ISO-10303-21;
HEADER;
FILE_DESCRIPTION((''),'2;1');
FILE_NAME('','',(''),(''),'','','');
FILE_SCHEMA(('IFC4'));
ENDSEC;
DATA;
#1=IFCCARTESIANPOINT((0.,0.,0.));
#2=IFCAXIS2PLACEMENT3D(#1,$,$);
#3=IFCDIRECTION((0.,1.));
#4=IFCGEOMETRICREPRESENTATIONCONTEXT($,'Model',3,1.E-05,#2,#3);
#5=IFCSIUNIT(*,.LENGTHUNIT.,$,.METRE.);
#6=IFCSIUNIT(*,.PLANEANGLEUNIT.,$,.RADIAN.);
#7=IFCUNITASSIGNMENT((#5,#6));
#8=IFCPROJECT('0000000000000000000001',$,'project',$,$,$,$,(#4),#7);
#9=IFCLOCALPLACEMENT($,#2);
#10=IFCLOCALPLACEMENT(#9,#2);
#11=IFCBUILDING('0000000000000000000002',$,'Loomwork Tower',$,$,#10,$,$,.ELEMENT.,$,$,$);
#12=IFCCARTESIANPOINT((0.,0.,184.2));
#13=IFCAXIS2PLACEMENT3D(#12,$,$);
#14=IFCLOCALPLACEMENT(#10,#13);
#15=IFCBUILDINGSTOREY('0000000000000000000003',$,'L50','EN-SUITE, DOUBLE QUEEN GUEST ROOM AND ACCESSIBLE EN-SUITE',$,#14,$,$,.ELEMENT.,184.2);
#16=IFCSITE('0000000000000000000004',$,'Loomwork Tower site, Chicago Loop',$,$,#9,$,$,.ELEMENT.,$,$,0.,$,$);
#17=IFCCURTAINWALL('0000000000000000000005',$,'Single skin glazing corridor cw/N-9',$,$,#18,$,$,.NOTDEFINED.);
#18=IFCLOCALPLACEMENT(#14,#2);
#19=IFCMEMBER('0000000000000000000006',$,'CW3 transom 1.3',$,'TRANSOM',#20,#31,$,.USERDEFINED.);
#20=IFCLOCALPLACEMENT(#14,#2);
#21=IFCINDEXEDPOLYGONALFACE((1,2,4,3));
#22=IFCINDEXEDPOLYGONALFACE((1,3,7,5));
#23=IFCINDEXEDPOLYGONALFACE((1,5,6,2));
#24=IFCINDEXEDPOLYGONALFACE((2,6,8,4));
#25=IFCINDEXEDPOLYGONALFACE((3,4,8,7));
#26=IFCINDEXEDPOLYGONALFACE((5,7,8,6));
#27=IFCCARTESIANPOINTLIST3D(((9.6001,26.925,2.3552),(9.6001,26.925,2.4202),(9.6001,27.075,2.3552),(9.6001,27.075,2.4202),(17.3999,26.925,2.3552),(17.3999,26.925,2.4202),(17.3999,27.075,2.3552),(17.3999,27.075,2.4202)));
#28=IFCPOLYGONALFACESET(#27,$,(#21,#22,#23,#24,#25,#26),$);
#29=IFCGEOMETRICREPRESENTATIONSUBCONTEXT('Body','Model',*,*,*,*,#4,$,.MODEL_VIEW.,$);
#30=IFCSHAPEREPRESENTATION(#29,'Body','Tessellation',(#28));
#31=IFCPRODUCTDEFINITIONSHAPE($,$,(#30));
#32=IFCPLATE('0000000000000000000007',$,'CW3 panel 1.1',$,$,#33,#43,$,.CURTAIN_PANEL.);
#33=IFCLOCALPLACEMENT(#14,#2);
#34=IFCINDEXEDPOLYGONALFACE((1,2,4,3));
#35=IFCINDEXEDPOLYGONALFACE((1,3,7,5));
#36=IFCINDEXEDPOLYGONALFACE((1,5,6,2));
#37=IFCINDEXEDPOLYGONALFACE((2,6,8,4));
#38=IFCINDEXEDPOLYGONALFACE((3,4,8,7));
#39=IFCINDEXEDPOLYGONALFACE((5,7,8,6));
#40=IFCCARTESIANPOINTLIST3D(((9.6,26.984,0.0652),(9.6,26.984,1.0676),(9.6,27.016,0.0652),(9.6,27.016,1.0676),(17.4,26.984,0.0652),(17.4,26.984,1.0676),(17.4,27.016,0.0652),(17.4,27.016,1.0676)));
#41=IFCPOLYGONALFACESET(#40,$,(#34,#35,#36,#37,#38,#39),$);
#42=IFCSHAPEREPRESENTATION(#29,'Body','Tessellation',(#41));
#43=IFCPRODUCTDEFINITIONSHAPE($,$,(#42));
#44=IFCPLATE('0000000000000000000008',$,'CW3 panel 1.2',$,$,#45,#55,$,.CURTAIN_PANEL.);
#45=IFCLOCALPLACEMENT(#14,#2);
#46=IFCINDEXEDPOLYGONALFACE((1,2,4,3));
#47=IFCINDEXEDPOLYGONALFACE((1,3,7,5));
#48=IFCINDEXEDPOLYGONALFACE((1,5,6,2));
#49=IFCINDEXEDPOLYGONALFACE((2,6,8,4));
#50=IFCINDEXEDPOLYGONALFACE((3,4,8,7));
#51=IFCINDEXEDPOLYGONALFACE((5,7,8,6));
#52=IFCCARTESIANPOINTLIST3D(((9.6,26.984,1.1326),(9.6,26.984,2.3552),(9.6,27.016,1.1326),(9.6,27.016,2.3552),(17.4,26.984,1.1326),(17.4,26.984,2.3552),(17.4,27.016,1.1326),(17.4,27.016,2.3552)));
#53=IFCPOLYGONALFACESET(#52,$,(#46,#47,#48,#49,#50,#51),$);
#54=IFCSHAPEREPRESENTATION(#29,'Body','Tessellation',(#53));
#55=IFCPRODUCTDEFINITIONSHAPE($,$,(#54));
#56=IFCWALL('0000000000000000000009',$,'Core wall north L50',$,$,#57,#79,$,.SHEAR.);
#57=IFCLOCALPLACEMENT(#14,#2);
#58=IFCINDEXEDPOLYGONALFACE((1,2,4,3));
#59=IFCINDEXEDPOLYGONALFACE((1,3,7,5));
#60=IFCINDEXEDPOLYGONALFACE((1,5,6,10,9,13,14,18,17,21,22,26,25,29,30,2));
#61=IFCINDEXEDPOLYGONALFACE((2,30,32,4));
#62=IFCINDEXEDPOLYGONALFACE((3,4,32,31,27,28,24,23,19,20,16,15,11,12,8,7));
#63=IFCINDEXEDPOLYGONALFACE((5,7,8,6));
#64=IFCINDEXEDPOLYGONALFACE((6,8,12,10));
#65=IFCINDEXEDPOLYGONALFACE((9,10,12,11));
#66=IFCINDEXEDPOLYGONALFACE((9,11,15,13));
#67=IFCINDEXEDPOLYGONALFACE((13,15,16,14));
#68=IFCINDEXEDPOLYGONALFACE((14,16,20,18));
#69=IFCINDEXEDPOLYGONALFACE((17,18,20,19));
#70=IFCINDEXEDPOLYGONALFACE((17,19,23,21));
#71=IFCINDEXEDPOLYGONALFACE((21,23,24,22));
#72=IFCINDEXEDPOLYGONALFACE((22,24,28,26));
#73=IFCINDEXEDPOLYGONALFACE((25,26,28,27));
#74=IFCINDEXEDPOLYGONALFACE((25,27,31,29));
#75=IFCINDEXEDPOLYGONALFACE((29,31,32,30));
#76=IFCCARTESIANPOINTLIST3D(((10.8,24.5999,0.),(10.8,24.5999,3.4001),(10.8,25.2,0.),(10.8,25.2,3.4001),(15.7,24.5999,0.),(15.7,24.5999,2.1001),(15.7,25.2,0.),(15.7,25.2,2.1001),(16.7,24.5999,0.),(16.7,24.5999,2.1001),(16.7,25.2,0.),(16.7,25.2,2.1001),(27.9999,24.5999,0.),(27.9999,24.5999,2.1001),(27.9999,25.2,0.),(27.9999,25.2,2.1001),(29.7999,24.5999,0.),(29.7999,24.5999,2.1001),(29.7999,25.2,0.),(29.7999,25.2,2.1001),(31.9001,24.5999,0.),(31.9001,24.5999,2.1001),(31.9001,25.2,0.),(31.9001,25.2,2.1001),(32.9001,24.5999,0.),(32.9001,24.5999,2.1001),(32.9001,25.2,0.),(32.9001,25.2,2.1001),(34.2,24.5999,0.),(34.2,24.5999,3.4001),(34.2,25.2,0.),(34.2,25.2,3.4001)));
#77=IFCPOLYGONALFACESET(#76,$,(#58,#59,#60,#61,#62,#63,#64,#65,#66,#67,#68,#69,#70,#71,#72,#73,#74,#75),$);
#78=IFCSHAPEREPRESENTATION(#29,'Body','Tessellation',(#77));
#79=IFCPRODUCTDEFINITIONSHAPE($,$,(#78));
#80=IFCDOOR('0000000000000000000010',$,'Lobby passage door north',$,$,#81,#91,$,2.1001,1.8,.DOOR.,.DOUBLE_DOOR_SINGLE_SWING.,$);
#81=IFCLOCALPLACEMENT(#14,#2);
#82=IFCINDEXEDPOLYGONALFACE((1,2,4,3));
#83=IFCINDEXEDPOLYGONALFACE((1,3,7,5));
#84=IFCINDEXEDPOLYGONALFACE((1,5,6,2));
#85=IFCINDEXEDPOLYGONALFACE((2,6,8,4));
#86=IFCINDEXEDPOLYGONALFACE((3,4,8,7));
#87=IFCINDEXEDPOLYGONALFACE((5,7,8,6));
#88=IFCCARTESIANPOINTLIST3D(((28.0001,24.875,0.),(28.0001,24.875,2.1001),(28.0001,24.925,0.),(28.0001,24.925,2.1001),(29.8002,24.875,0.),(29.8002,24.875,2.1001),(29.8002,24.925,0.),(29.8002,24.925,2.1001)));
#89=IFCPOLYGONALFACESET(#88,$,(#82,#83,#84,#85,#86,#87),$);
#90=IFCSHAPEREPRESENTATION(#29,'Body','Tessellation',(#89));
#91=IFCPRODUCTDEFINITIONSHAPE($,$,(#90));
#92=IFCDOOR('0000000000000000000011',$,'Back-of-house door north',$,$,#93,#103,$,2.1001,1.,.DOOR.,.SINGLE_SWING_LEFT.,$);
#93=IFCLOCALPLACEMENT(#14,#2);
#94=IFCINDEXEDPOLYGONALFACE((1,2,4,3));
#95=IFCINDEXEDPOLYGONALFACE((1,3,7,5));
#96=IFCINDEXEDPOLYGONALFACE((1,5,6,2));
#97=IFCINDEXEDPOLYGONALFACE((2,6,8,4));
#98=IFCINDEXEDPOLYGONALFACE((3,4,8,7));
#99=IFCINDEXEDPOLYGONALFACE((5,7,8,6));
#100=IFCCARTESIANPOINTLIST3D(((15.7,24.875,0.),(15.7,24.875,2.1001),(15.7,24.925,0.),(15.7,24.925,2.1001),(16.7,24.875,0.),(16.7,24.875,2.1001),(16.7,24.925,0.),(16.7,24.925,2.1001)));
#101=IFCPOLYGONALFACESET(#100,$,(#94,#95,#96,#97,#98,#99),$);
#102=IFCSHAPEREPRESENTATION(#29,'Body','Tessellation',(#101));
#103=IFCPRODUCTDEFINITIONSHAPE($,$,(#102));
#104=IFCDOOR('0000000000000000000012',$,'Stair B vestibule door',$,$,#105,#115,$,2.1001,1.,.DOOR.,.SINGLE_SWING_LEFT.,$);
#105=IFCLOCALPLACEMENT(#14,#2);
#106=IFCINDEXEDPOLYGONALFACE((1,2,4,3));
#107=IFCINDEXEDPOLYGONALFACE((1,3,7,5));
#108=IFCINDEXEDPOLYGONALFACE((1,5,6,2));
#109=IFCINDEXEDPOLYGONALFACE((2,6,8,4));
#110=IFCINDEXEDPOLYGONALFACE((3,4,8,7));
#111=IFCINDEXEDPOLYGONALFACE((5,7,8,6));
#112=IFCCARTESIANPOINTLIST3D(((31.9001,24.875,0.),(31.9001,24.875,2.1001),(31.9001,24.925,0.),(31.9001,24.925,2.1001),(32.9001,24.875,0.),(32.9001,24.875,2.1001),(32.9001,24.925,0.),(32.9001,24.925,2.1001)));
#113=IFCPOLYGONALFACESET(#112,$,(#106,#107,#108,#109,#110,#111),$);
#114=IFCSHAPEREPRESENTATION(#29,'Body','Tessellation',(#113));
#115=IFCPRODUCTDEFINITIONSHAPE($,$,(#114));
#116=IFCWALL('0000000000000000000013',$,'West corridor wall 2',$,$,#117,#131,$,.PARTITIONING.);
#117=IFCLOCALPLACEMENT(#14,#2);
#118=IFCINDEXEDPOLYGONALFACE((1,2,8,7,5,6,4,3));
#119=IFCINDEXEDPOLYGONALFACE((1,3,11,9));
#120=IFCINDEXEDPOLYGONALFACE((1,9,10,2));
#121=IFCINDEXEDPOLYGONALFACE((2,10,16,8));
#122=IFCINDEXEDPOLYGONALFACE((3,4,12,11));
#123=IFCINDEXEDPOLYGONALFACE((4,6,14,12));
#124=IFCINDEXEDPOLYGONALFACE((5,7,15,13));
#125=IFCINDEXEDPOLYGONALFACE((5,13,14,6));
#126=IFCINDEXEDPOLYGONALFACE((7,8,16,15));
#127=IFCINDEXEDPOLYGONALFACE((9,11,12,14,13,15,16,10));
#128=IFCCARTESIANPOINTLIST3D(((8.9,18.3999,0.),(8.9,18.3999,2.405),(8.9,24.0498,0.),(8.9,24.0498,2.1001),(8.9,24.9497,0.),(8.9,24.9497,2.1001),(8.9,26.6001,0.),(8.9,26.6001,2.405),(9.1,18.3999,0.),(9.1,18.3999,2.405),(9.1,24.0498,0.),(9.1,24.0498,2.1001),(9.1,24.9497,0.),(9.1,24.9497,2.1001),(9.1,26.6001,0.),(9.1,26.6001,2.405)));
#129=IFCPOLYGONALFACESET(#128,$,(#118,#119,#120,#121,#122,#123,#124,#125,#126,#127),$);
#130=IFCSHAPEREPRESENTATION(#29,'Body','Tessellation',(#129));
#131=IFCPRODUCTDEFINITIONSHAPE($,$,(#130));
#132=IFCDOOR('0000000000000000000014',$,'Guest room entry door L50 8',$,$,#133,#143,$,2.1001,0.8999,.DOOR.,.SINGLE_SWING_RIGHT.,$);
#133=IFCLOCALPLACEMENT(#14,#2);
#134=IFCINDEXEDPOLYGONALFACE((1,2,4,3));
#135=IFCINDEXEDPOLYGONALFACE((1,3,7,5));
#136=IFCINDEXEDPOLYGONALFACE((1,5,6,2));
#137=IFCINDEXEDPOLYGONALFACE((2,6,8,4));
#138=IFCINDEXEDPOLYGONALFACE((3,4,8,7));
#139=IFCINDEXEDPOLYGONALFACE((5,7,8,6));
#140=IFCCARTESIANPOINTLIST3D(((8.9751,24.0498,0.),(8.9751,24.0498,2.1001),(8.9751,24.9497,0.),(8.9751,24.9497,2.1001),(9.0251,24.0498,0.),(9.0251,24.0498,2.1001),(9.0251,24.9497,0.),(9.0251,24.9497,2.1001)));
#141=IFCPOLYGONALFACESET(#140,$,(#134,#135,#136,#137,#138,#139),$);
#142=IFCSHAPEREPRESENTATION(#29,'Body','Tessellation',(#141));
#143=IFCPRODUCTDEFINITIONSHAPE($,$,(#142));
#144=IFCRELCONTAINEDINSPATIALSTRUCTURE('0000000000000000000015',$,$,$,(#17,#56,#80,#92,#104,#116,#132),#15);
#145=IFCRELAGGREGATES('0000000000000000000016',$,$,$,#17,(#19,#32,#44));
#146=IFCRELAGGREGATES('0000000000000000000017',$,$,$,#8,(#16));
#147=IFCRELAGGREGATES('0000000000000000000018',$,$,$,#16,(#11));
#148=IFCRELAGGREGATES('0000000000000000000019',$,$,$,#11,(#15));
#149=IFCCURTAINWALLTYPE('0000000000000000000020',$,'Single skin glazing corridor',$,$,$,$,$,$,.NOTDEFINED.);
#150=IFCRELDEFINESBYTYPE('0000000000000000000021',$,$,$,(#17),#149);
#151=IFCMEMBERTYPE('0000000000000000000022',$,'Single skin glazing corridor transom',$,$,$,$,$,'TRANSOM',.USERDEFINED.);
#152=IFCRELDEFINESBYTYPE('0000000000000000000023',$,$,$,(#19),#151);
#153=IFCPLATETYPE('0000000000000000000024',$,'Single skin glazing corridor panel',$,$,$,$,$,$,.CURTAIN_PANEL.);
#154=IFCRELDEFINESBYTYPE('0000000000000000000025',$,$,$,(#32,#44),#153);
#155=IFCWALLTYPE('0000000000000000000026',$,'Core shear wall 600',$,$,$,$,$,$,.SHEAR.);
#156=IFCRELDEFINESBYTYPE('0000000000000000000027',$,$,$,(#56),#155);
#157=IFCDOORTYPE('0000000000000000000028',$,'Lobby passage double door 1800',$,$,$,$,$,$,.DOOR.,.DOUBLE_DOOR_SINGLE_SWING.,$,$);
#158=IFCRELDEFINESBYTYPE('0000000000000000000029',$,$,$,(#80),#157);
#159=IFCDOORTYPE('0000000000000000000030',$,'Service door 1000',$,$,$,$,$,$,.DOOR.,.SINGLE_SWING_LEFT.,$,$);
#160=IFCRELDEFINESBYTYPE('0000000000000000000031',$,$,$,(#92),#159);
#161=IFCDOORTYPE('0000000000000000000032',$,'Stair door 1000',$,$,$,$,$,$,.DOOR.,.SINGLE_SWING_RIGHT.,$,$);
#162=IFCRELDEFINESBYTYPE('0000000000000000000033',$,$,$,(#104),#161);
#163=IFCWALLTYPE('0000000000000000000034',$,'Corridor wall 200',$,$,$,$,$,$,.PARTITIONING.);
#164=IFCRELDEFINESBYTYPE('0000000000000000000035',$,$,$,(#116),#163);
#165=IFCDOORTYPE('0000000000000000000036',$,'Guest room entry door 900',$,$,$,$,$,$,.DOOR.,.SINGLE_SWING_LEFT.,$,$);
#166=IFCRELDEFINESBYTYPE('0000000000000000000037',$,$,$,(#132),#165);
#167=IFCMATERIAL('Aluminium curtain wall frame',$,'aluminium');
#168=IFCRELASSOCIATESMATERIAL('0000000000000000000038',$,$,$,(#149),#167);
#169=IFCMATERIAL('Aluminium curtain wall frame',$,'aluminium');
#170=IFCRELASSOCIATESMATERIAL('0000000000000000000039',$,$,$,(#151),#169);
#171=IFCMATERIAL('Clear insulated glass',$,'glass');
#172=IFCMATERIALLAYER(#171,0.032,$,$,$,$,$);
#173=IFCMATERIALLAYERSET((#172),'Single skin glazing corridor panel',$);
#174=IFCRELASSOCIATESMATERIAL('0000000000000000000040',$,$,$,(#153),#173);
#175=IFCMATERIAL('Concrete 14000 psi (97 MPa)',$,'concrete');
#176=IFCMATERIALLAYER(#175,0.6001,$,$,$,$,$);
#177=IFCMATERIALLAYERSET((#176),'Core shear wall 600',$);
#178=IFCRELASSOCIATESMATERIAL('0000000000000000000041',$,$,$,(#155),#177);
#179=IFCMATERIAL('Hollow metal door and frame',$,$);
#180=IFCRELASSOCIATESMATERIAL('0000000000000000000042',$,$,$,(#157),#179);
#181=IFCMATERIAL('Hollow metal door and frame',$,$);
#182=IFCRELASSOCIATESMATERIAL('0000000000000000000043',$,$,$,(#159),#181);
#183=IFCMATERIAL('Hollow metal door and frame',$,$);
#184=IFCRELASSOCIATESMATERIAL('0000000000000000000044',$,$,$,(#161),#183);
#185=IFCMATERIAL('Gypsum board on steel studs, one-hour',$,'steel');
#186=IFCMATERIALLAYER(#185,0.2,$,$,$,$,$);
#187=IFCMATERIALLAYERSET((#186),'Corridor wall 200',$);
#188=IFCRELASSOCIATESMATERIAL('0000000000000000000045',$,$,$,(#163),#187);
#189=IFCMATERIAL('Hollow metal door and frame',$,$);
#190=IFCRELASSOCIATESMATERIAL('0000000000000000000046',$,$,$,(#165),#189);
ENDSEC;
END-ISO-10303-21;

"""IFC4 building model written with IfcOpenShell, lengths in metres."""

from ifc_helpers import new_model, si_unit, direction, frame, frame_2d, origin, origin_2d, place, context, subcontext, project, spatial, rectangle, extrude, material, layer, layer_set, material_profile, profile_set, type_object, element, fill, aggregate, save


model = new_model("IFC4")

# Units and contexts
model_context = context("Model", 3, precision=1e-05, world=origin(), true_north=direction((0.0, 1.0)))
body_context = subcontext(model_context, "Body", "Model", "MODEL_VIEW")
ifc_project = project(units=[si_unit("LENGTHUNIT", "METRE"), si_unit("PLANEANGLEUNIT", "RADIAN")], contexts=[model_context])

# Site, building, storey
site_placement = place(None, origin())
site = spatial("IfcSite", under=ifc_project, at=site_placement, Name="Loomwork Tower site, Chicago Loop", CompositionType="ELEMENT", RefElevation=0.0)
building_placement = place(site_placement, origin())
building = spatial("IfcBuilding", under=site, at=building_placement, Name="Loomwork Tower", CompositionType="ELEMENT")
storey_placement = place(building_placement, frame((0.0, 0.0, 184.2)))
storey = spatial("IfcBuildingStorey", under=building, at=storey_placement, Name="L50", Description="EN-SUITE, DOUBLE QUEEN GUEST ROOM AND ACCESSIBLE EN-SUITE", CompositionType="ELEMENT", Elevation=184.2)

# Shared definitions
ifc_material_1 = material(Name="Aluminium curtain wall frame", Category="aluminium")
curtain_wall_type = type_object("IfcCurtainWallType", Name="Single skin glazing corridor", PredefinedType="NOTDEFINED", material=ifc_material_1)

# Curtain wall
curtain_wall_1_placement = place(storey_placement, origin())
curtain_wall_1 = element("IfcCurtainWall", 1, at=curtain_wall_1_placement, inside=storey, type_object=curtain_wall_type, Name="Single skin glazing corridor cw/N-9", PredefinedType="NOTDEFINED")

# Member
ifc_material_2 = material(Name="Aluminium curtain wall frame", Category="aluminium")
ifc_material_profile_1 = material_profile(ifc_material_2, rectangle(XDim=0.1499, YDim=0.0649, at=origin_2d()), Name="AL 65x150")
ifc_profile_set_1 = profile_set([ifc_material_profile_1], Name="Aluminium curtain wall frame")
member_type_1 = type_object("IfcMemberType", Name="Single skin glazing corridor transom", ElementType="TRANSOM", PredefinedType="USERDEFINED", material=ifc_profile_set_1)
member_1_placement = place(storey_placement, frame((17.3999, 27.0, 2.3877), z_axis=(-1.0, 0.0, 0.0), x_axis=(0.0, -1.0, 0.0)))
member_1 = element("IfcMember", 2, at=member_1_placement, type_object=member_type_1, Name="CW3 transom 1.3", ObjectType="TRANSOM", PredefinedType="USERDEFINED", context=body_context, shape_type="SweptSolid", body=[
    extrude(rectangle(XDim=0.1499, YDim=0.0649, at=origin_2d()), origin(), (0.0, 0.0, 1.0), 7.7998),
])

# Plates
ifc_material_3 = material(Name="Clear insulated glass", Category="glass")
ifc_layer_1 = layer(ifc_material_3, 0.032)
ifc_layer_set_1 = layer_set([ifc_layer_1], Name="Single skin glazing corridor panel")
plate_type = type_object("IfcPlateType", Name="Single skin glazing corridor panel", PredefinedType="CURTAIN_PANEL", material=ifc_layer_set_1)
plate_1_placement = place(storey_placement, frame((13.5, 27.0, 0.0652), z_axis=(0.0, 0.0, 1.0), x_axis=(-1.0, 0.0, 0.0)))
plate_1 = element("IfcPlate", 3, at=plate_1_placement, type_object=plate_type, Name="CW3 panel 1.1", PredefinedType="CURTAIN_PANEL", context=body_context, shape_type="SweptSolid", body=[
    extrude(rectangle(XDim=7.8, YDim=0.032, at=origin_2d()), origin(), (0.0, 0.0, 1.0), 1.0024),
])
plate_2_placement = place(storey_placement, frame((13.5, 27.0, 1.1326), z_axis=(0.0, 0.0, 1.0), x_axis=(-1.0, 0.0, 0.0)))
plate_2 = element("IfcPlate", 4, at=plate_2_placement, type_object=plate_type, Name="CW3 panel 1.2", PredefinedType="CURTAIN_PANEL", context=body_context, shape_type="SweptSolid", body=[
    extrude(rectangle(XDim=7.8, YDim=0.032, at=origin_2d()), origin(), (0.0, 0.0, 1.0), 1.2227),
])
aggregate(curtain_wall_1, [member_1, plate_1, plate_2])

# Wall, openings, doors
ifc_material_4 = material(Name="Concrete 14000 psi (97 MPa)", Category="concrete")
ifc_layer_2 = layer(ifc_material_4, 0.6001)
ifc_layer_set_2 = layer_set([ifc_layer_2], Name="Core shear wall 600")
wall_type_1 = type_object("IfcWallType", Name="Core shear wall 600", PredefinedType="SHEAR", material=ifc_layer_set_2)
wall_1_placement = place(storey_placement, frame((10.8, 24.8999, 0.0), z_axis=(0.0, 0.0, 1.0), x_axis=(1.0, 0.0, 0.0)))
wall_1 = element("IfcWall", 5, at=wall_1_placement, inside=storey, type_object=wall_type_1, Name="Core wall north L50", PredefinedType="SHEAR", context=body_context, shape_type="SweptSolid", body=[
    extrude(rectangle(XDim=23.3999, YDim=0.6001, at=frame_2d((11.7, 0.0))), origin(), (0.0, 0.0, 1.0), 3.4001),
])
opening_1_placement = place(wall_1_placement, frame((17.2, 0.0, 0.0)))
opening_1 = element("IfcOpeningElement", 6, at=opening_1_placement, cuts=wall_1, PredefinedType="OPENING", context=body_context, shape_type="SweptSolid", body=[
    extrude(rectangle(XDim=1.8, YDim=2.1001, at=frame_2d((0.8999, 1.05))), frame((0.0, 0.3101, 0.0), z_axis=(0.0, -1.0, 0.0), x_axis=(1.0, 0.0, 0.0)), (0.0, 0.0, 1.0), 0.6201),
])
opening_2_placement = place(wall_1_placement, frame((21.1001, 0.0, 0.0)))
opening_2 = element("IfcOpeningElement", 7, at=opening_2_placement, cuts=wall_1, PredefinedType="OPENING", context=body_context, shape_type="SweptSolid", body=[
    extrude(rectangle(XDim=1.0, YDim=2.1001, at=frame_2d((0.5, 1.05))), frame((0.0, 0.3101, 0.0), z_axis=(0.0, -1.0, 0.0), x_axis=(1.0, 0.0, 0.0)), (0.0, 0.0, 1.0), 0.6201),
])
opening_3_placement = place(wall_1_placement, frame((4.8999, 0.0, 0.0)))
opening_3 = element("IfcOpeningElement", 8, at=opening_3_placement, cuts=wall_1, PredefinedType="OPENING", context=body_context, shape_type="SweptSolid", body=[
    extrude(rectangle(XDim=1.0, YDim=2.1001, at=frame_2d((0.5, 1.05))), frame((0.0, 0.3101, 0.0), z_axis=(0.0, -1.0, 0.0), x_axis=(1.0, 0.0, 0.0)), (0.0, 0.0, 1.0), 0.6201),
])
ifc_material_5 = material(Name="Hollow metal door and frame")
door_type_1 = type_object("IfcDoorType", Name="Lobby passage double door 1800", OperationType="DOUBLE_DOOR_SINGLE_SWING", PredefinedType="DOOR", material=ifc_material_5)
door_1_placement = place(opening_1_placement, frame((1.8, 0.0, 0.0), z_axis=(0.0, 0.0, 1.0), x_axis=(-1.0, 0.0, 0.0)))
door_1 = element("IfcDoor", 9, at=door_1_placement, inside=storey, type_object=door_type_1, Name="Lobby passage door north", OperationType="DOUBLE_DOOR_SINGLE_SWING", OverallHeight=2.1001, OverallWidth=1.8, PredefinedType="DOOR", context=body_context, shape_type="SweptSolid", body=[
    extrude(rectangle(XDim=1.8, YDim=2.1001, at=frame_2d((0.8999, 1.05))), frame((0.0, 0.0249, 0.0), z_axis=(0.0, -1.0, 0.0), x_axis=(1.0, 0.0, 0.0)), (0.0, 0.0, 1.0), 0.05),
])
fill(opening_1, door_1)
ifc_material_6 = material(Name="Hollow metal door and frame")
door_type_2 = type_object("IfcDoorType", Name="Service door 1000", OperationType="SINGLE_SWING_LEFT", PredefinedType="DOOR", material=ifc_material_6)
door_2_placement = place(opening_3_placement, frame((1.0, 0.0, 0.0), z_axis=(0.0, 0.0, 1.0), x_axis=(-1.0, 0.0, 0.0)))
door_2 = element("IfcDoor", 10, at=door_2_placement, inside=storey, type_object=door_type_2, Name="Back-of-house door north", OperationType="SINGLE_SWING_LEFT", OverallHeight=2.1001, OverallWidth=1.0, PredefinedType="DOOR", context=body_context, shape_type="SweptSolid", body=[
    extrude(rectangle(XDim=1.0, YDim=2.1001, at=frame_2d((0.5, 1.05))), frame((0.0, 0.0249, 0.0), z_axis=(0.0, -1.0, 0.0), x_axis=(1.0, 0.0, 0.0)), (0.0, 0.0, 1.0), 0.05),
])
fill(opening_3, door_2)
ifc_material_7 = material(Name="Hollow metal door and frame")
door_type_3 = type_object("IfcDoorType", Name="Stair door 1000", OperationType="SINGLE_SWING_RIGHT", PredefinedType="DOOR", material=ifc_material_7)
door_3_placement = place(opening_2_placement, frame((1.0, 0.0, 0.0), z_axis=(0.0, 0.0, 1.0), x_axis=(-1.0, 0.0, 0.0)))
door_3 = element("IfcDoor", 11, at=door_3_placement, inside=storey, type_object=door_type_3, Name="Stair B vestibule door", OperationType="SINGLE_SWING_LEFT", OverallHeight=2.1001, OverallWidth=1.0, PredefinedType="DOOR", context=body_context, shape_type="SweptSolid", body=[
    extrude(rectangle(XDim=1.0, YDim=2.1001, at=frame_2d((0.5, 1.05))), frame((0.0, 0.0249, 0.0), z_axis=(0.0, -1.0, 0.0), x_axis=(1.0, 0.0, 0.0)), (0.0, 0.0, 1.0), 0.05),
])
fill(opening_2, door_3)

# Wall, opening, door
ifc_material_8 = material(Name="Gypsum board on steel studs, one-hour", Category="steel")
ifc_layer_3 = layer(ifc_material_8, 0.2)
ifc_layer_set_3 = layer_set([ifc_layer_3], Name="Corridor wall 200")
wall_type_2 = type_object("IfcWallType", Name="Corridor wall 200", PredefinedType="PARTITIONING", material=ifc_layer_set_3)
wall_2_placement = place(storey_placement, frame((9.0, 18.3999, 0.0), z_axis=(0.0, 0.0, 1.0), x_axis=(0.0, 1.0, 0.0)))
wall_2 = element("IfcWall", 12, at=wall_2_placement, inside=storey, type_object=wall_type_2, Name="West corridor wall 2", PredefinedType="PARTITIONING", context=body_context, shape_type="SweptSolid", body=[
    extrude(rectangle(XDim=8.2002, YDim=0.2, at=frame_2d((4.1001, 0.0))), origin(), (0.0, 0.0, 1.0), 2.405),
])
opening_4_placement = place(wall_2_placement, frame((5.6499, 0.0, 0.0)))
opening_4 = element("IfcOpeningElement", 13, at=opening_4_placement, cuts=wall_2, PredefinedType="OPENING", context=body_context, shape_type="SweptSolid", body=[
    extrude(rectangle(XDim=0.8999, YDim=2.1001, at=frame_2d((0.45, 1.05))), frame((0.0, 0.1099, 0.0), z_axis=(0.0, -1.0, 0.0), x_axis=(1.0, 0.0, 0.0)), (0.0, 0.0, 1.0), 0.22),
])
ifc_material_9 = material(Name="Hollow metal door and frame")
door_type_4 = type_object("IfcDoorType", Name="Guest room entry door 900", OperationType="SINGLE_SWING_LEFT", PredefinedType="DOOR", material=ifc_material_9)
door_4_placement = place(opening_4_placement, origin())
door_4 = element("IfcDoor", 14, at=door_4_placement, inside=storey, type_object=door_type_4, Name="Guest room entry door L50 8", OperationType="SINGLE_SWING_RIGHT", OverallHeight=2.1001, OverallWidth=0.8999, PredefinedType="DOOR", context=body_context, shape_type="SweptSolid", body=[
    extrude(rectangle(XDim=0.8999, YDim=2.1001, at=frame_2d((0.45, 1.05))), frame((0.0, 0.0249, 0.0), z_axis=(0.0, -1.0, 0.0), x_axis=(1.0, 0.0, 0.0)), (0.0, 0.0, 1.0), 0.05),
])
fill(opening_4, door_4)

save(model, "model.ifc")
